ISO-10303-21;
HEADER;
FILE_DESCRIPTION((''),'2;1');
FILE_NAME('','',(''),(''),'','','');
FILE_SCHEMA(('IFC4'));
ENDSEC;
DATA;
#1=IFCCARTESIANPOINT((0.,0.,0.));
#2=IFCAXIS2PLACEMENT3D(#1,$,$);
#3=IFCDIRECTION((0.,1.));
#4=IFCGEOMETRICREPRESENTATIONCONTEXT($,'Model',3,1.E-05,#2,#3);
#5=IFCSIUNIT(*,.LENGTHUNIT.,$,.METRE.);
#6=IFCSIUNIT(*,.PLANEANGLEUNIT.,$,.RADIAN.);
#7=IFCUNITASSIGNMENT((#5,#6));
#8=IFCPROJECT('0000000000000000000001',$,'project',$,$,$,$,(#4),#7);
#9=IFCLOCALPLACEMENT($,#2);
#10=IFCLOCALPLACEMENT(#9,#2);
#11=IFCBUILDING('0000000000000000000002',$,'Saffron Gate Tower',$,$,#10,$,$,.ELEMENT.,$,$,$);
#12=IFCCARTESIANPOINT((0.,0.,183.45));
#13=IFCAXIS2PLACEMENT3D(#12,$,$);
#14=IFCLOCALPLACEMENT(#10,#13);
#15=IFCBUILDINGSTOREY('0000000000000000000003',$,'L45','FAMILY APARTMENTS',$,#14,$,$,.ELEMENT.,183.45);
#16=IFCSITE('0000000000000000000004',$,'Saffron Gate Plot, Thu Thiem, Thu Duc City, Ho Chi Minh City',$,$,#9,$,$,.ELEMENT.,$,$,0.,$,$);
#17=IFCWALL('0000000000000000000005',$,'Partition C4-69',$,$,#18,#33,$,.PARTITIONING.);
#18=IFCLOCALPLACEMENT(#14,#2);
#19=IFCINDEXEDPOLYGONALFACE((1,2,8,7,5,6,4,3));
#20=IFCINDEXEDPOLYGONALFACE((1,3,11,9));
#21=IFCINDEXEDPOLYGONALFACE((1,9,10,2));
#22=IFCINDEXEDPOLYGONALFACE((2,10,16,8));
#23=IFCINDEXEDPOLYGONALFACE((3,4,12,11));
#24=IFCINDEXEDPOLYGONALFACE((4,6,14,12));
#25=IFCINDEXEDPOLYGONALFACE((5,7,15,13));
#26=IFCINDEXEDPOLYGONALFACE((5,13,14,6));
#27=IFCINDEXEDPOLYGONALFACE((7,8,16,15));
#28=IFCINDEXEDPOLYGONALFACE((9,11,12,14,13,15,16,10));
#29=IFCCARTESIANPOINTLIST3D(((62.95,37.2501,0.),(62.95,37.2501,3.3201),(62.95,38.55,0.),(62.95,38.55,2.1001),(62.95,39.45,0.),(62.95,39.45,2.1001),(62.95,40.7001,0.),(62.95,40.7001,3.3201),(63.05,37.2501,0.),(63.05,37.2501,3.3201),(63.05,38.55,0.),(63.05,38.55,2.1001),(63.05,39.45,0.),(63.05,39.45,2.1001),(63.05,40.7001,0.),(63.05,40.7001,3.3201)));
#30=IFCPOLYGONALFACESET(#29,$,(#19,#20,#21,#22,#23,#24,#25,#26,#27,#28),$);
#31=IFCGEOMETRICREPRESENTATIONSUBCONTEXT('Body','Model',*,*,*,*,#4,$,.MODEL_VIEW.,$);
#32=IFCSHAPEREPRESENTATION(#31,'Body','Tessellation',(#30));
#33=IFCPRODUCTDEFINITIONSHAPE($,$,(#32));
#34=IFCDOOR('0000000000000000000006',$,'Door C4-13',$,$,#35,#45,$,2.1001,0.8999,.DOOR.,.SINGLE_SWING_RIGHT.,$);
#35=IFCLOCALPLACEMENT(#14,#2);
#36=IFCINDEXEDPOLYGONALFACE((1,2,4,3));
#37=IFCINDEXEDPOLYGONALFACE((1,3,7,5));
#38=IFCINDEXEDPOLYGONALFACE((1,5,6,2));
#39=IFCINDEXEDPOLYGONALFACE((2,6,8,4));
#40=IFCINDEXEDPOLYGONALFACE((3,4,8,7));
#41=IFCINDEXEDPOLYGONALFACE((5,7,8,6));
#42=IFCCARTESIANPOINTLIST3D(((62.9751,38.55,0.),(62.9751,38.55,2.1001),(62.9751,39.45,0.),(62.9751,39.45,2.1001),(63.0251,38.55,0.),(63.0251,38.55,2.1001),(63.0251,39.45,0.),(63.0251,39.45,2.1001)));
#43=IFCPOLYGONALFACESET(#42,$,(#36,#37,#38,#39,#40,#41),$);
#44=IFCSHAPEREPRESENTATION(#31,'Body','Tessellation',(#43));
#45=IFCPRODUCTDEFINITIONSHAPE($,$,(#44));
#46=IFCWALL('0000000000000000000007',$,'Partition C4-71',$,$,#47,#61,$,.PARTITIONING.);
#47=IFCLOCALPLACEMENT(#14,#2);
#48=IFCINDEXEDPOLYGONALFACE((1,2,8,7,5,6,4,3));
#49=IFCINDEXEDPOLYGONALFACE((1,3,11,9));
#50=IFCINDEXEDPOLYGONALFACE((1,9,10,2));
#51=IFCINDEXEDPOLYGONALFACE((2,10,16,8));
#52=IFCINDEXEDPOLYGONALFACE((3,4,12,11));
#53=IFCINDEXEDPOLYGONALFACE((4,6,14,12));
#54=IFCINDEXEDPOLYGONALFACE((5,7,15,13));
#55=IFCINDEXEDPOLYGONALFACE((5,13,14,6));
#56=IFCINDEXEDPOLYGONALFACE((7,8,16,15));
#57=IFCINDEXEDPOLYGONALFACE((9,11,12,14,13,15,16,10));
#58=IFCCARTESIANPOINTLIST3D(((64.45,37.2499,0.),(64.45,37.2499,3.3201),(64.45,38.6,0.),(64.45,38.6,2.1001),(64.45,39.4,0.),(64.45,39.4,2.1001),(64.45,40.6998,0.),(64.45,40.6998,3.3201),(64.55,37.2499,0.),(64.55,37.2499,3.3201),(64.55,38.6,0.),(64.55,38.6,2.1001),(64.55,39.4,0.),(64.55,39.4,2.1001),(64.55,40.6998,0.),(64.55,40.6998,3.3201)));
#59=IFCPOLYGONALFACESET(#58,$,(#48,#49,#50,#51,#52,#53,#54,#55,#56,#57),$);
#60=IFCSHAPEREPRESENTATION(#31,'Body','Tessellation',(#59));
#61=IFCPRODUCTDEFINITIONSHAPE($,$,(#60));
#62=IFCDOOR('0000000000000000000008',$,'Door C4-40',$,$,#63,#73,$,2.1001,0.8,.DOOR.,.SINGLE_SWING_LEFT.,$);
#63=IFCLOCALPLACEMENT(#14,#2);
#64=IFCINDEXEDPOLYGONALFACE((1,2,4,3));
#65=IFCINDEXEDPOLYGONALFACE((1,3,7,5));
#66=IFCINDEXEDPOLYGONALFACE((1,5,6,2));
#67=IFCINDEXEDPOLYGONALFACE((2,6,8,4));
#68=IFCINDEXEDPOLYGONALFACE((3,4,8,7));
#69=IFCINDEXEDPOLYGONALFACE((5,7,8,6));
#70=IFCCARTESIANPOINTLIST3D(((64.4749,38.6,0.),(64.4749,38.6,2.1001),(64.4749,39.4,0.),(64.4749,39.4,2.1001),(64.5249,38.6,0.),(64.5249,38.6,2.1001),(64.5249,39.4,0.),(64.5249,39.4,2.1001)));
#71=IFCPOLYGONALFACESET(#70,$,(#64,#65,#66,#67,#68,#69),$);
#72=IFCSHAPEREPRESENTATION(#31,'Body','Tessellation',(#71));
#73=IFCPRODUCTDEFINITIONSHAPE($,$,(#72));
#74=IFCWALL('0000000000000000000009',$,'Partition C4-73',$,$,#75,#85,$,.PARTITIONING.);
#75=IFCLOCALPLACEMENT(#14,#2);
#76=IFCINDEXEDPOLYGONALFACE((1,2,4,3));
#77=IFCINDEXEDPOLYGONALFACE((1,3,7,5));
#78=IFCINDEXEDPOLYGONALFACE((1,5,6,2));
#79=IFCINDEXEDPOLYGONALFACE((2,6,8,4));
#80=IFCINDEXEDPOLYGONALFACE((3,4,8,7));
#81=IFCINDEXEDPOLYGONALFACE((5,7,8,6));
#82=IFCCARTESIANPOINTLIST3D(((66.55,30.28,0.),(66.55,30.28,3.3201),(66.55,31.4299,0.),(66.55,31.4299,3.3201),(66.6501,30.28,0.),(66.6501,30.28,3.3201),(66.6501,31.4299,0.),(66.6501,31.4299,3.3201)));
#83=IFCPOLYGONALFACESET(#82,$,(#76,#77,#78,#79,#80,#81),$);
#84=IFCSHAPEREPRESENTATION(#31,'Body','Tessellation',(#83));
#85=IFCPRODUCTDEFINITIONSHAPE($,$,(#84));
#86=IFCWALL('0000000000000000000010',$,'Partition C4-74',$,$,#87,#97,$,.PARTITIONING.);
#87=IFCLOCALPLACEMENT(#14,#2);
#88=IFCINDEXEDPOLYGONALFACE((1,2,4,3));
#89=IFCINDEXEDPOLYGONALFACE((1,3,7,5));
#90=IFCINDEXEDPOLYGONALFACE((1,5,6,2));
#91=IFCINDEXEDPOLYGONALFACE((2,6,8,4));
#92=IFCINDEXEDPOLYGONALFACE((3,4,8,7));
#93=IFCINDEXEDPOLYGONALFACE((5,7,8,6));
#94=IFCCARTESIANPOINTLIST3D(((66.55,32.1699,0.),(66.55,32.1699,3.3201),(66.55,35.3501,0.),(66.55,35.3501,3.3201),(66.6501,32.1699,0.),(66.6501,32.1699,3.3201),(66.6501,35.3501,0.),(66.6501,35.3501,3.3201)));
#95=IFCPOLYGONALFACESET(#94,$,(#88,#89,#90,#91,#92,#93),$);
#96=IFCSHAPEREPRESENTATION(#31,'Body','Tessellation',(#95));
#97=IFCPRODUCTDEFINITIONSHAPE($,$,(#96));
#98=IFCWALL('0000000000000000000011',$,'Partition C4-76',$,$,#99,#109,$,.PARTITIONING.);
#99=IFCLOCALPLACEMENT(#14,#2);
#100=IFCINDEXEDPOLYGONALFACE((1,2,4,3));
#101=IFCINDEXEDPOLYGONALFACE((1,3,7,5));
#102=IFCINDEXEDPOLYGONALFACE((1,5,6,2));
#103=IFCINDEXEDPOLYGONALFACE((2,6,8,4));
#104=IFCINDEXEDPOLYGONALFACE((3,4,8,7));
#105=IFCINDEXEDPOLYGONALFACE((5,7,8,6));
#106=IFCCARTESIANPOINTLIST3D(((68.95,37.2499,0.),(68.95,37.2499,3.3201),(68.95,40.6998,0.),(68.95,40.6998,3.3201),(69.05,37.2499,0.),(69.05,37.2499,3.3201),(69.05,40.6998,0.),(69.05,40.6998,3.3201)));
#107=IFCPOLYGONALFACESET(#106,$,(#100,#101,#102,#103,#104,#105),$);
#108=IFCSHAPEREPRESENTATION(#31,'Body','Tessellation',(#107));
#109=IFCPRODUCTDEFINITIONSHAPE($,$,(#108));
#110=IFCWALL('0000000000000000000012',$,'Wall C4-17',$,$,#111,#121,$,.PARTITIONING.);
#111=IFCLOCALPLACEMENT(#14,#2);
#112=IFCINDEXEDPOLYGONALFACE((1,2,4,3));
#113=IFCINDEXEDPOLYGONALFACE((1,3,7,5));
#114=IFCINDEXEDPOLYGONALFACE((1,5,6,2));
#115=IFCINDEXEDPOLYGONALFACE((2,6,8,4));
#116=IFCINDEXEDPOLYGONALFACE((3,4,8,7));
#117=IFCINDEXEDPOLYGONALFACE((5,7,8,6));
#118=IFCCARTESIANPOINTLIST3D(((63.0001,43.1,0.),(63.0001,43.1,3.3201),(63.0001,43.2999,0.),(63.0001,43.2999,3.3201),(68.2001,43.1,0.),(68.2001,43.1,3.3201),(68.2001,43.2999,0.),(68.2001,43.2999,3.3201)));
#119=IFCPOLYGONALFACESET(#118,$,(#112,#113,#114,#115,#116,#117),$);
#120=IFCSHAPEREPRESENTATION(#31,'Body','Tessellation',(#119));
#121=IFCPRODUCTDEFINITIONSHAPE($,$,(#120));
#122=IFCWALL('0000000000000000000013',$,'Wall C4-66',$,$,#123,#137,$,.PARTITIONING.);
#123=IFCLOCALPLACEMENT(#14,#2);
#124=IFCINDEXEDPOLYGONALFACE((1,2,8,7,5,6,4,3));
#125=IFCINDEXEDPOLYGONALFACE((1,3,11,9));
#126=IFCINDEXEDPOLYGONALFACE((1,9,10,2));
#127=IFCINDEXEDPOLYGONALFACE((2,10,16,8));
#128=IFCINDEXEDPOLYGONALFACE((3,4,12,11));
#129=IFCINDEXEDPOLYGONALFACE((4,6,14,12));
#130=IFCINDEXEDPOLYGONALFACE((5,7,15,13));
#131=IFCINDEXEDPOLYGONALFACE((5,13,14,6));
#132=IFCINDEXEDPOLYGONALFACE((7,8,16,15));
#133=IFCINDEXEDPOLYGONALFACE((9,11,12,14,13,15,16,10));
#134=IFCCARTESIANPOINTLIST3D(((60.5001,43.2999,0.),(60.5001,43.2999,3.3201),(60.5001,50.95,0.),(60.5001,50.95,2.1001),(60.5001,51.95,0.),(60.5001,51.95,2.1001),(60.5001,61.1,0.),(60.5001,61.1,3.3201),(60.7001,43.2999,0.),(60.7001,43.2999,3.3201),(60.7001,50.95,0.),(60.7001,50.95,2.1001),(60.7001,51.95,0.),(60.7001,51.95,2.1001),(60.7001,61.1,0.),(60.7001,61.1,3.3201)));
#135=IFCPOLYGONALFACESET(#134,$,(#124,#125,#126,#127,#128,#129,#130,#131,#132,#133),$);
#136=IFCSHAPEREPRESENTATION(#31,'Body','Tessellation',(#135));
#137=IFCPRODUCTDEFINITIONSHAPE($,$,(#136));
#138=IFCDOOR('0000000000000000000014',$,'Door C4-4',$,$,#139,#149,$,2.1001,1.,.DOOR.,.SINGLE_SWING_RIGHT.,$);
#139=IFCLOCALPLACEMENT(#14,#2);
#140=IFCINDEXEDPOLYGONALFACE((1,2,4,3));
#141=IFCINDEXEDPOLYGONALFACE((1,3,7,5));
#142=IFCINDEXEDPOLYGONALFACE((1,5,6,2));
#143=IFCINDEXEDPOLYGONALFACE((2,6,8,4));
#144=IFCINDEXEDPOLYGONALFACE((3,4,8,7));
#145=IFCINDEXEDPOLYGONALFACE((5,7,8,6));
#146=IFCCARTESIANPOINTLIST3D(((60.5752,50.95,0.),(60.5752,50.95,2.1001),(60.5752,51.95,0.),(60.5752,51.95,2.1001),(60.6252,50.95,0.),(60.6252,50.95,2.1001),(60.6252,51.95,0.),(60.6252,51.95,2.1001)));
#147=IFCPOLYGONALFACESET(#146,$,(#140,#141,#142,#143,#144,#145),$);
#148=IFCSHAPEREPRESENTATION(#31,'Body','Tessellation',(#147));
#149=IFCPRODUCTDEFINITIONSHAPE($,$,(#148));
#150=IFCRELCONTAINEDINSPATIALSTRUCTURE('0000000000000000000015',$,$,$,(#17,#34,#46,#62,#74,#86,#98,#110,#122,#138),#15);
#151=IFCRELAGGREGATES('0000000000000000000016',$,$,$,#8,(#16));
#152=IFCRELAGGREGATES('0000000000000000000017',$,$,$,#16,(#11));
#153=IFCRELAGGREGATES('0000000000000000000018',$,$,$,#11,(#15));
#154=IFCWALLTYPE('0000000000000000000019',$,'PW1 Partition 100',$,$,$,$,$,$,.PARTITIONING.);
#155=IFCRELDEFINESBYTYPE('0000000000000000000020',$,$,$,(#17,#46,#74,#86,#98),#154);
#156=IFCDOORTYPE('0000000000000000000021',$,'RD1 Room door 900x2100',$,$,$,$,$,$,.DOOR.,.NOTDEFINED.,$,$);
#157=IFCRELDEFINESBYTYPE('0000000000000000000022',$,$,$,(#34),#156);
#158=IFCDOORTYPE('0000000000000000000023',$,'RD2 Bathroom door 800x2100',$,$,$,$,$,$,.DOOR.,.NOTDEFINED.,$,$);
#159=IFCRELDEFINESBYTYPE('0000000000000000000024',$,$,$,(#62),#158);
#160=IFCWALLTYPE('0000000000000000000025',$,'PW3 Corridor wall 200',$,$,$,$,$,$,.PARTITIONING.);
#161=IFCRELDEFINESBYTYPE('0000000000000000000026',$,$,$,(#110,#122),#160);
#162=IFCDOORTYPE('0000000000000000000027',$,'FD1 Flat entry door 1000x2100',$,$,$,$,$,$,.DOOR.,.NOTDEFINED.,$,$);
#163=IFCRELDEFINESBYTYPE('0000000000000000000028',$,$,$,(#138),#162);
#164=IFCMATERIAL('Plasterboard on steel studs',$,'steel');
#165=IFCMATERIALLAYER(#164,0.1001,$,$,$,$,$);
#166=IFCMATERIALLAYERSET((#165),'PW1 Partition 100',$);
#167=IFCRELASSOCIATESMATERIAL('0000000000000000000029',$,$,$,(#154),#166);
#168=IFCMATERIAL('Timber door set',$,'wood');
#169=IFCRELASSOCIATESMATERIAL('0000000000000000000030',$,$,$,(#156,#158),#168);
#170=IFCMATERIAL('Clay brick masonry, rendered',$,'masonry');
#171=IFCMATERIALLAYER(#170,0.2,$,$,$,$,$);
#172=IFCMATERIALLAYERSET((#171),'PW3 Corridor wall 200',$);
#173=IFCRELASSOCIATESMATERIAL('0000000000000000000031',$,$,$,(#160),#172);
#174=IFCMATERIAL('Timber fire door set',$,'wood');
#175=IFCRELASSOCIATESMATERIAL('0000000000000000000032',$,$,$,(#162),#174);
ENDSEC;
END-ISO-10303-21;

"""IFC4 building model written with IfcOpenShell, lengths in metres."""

from ifc_helpers import new_model, si_unit, direction, frame, frame_2d, origin, place, context, subcontext, project, spatial, rectangle, extrude, material, layer, layer_set, type_object, element, fill, save


model = new_model("IFC4")

# Units and contexts
model_context = context("Model", 3, precision=1e-05, world=origin(), true_north=direction((0.0, 1.0)))
body_context = subcontext(model_context, "Body", "Model", "MODEL_VIEW")
ifc_project = project(units=[si_unit("LENGTHUNIT", "METRE"), si_unit("PLANEANGLEUNIT", "RADIAN")], contexts=[model_context])

# Site, building, storey
site_placement = place(None, origin())
site = spatial("IfcSite", under=ifc_project, at=site_placement, Name="Saffron Gate Plot, Thu Thiem, Thu Duc City, Ho Chi Minh City", CompositionType="ELEMENT", RefElevation=0.0)
building_placement = place(site_placement, origin())
building = spatial("IfcBuilding", under=site, at=building_placement, Name="Saffron Gate Tower", CompositionType="ELEMENT")
storey_placement = place(building_placement, frame((0.0, 0.0, 183.45)))
storey = spatial("IfcBuildingStorey", under=building, at=storey_placement, Name="L45", Description="FAMILY APARTMENTS", CompositionType="ELEMENT", Elevation=183.45)

# Shared definitions
ifc_material_1 = material(Name="Plasterboard on steel studs", Category="steel")
ifc_layer_1 = layer(ifc_material_1, 0.1001)
ifc_layer_set_1 = layer_set([ifc_layer_1], Name="PW1 Partition 100")
wall_type_1 = type_object("IfcWallType", Name="PW1 Partition 100", PredefinedType="PARTITIONING", material=ifc_layer_set_1)
ifc_material_2 = material(Name="Timber door set", Category="wood")
door_type_1 = type_object("IfcDoorType", Name="RD1 Room door 900x2100", OperationType="NOTDEFINED", PredefinedType="DOOR", material=ifc_material_2)

# Shared definitions
door_type_2 = type_object("IfcDoorType", Name="RD2 Bathroom door 800x2100", OperationType="NOTDEFINED", PredefinedType="DOOR", material=ifc_material_2)

# Walls, openings, doors
wall_1_placement = place(storey_placement, frame((63.0, 37.25, 0.0), z_axis=(0.0, 0.0, 1.0), x_axis=(0.0, 1.0, 0.0)))
wall_1 = element("IfcWall", 1, at=wall_1_placement, inside=storey, type_object=wall_type_1, Name="Partition C4-69", PredefinedType="PARTITIONING", context=body_context, shape_type="SweptSolid", body=[
    extrude(rectangle(XDim=3.45, YDim=0.1001, at=frame_2d((1.7251, 0.0))), origin(), (0.0, 0.0, 1.0), 3.3201),
])
opening_1_placement = place(wall_1_placement, frame((1.3, 0.0, 0.0)))
opening_1 = element("IfcOpeningElement", 2, at=opening_1_placement, cuts=wall_1, PredefinedType="OPENING", context=body_context, shape_type="SweptSolid", body=[
    extrude(rectangle(XDim=0.8999, YDim=2.1001, at=frame_2d((0.45, 1.05))), frame((0.0, 0.0601, 0.0), z_axis=(0.0, -1.0, 0.0), x_axis=(1.0, 0.0, 0.0)), (0.0, 0.0, 1.0), 0.1201),
])
door_1_placement = place(opening_1_placement, origin())
door_1 = element("IfcDoor", 3, at=door_1_placement, inside=storey, type_object=door_type_1, Name="Door C4-13", OperationType="SINGLE_SWING_RIGHT", OverallHeight=2.1001, OverallWidth=0.8999, PredefinedType="DOOR", context=body_context, shape_type="SweptSolid", body=[
    extrude(rectangle(XDim=0.8999, YDim=2.1001, at=frame_2d((0.45, 1.05))), frame((0.0, 0.0249, 0.0), z_axis=(0.0, -1.0, 0.0), x_axis=(1.0, 0.0, 0.0)), (0.0, 0.0, 1.0), 0.05),
])
fill(opening_1, door_1)
wall_2_placement = place(storey_placement, frame((64.5, 40.7, 0.0), z_axis=(0.0, 0.0, 1.0), x_axis=(0.0, -1.0, 0.0)))
wall_2 = element("IfcWall", 4, at=wall_2_placement, inside=storey, type_object=wall_type_1, Name="Partition C4-71", PredefinedType="PARTITIONING", context=body_context, shape_type="SweptSolid", body=[
    extrude(rectangle(XDim=3.45, YDim=0.1001, at=frame_2d((1.7251, 0.0))), origin(), (0.0, 0.0, 1.0), 3.3201),
])
opening_2_placement = place(wall_2_placement, frame((1.3, 0.0, 0.0)))
opening_2 = element("IfcOpeningElement", 5, at=opening_2_placement, cuts=wall_2, PredefinedType="OPENING", context=body_context, shape_type="SweptSolid", body=[
    extrude(rectangle(XDim=0.8, YDim=2.1001, at=frame_2d((0.3999, 1.05))), frame((0.0, 0.0601, 0.0), z_axis=(0.0, -1.0, 0.0), x_axis=(1.0, 0.0, 0.0)), (0.0, 0.0, 1.0), 0.1201),
])
door_2_placement = place(opening_2_placement, origin())
door_2 = element("IfcDoor", 6, at=door_2_placement, inside=storey, type_object=door_type_2, Name="Door C4-40", OperationType="SINGLE_SWING_LEFT", OverallHeight=2.1001, OverallWidth=0.8, PredefinedType="DOOR", context=body_context, shape_type="SweptSolid", body=[
    extrude(rectangle(XDim=0.8, YDim=2.1001, at=frame_2d((0.3999, 1.05))), frame((0.0, 0.0249, 0.0), z_axis=(0.0, -1.0, 0.0), x_axis=(1.0, 0.0, 0.0)), (0.0, 0.0, 1.0), 0.05),
])
fill(opening_2, door_2)

# Walls
wall_3_placement = place(storey_placement, frame((66.6001, 31.4299, 0.0), z_axis=(0.0, 0.0, 1.0), x_axis=(0.0, -1.0, 0.0)))
element("IfcWall", 7, at=wall_3_placement, inside=storey, type_object=wall_type_1, Name="Partition C4-73", PredefinedType="PARTITIONING", context=body_context, shape_type="SweptSolid", body=[
    extrude(rectangle(XDim=1.1499, YDim=0.1001, at=frame_2d((0.575, 0.0))), origin(), (0.0, 0.0, 1.0), 3.3201),
])
wall_4_placement = place(storey_placement, frame((66.6001, 35.3501, 0.0), z_axis=(0.0, 0.0, 1.0), x_axis=(0.0, -1.0, 0.0)))
element("IfcWall", 8, at=wall_4_placement, inside=storey, type_object=wall_type_1, Name="Partition C4-74", PredefinedType="PARTITIONING", context=body_context, shape_type="SweptSolid", body=[
    extrude(rectangle(XDim=3.1802, YDim=0.1001, at=frame_2d((1.5901, 0.0))), origin(), (0.0, 0.0, 1.0), 3.3201),
])
wall_5_placement = place(storey_placement, frame((69.0, 40.7, 0.0), z_axis=(0.0, 0.0, 1.0), x_axis=(0.0, -1.0, 0.0)))
element("IfcWall", 9, at=wall_5_placement, inside=storey, type_object=wall_type_1, Name="Partition C4-76", PredefinedType="PARTITIONING", context=body_context, shape_type="SweptSolid", body=[
    extrude(rectangle(XDim=3.45, YDim=0.1001, at=frame_2d((1.7251, 0.0))), origin(), (0.0, 0.0, 1.0), 3.3201),
])
ifc_material_3 = material(Name="Clay brick masonry, rendered", Category="masonry")
ifc_layer_2 = layer(ifc_material_3, 0.2)
ifc_layer_set_2 = layer_set([ifc_layer_2], Name="PW3 Corridor wall 200")
wall_type_2 = type_object("IfcWallType", Name="PW3 Corridor wall 200", PredefinedType="PARTITIONING", material=ifc_layer_set_2)
wall_6_placement = place(storey_placement, frame((63.0, 43.2, 0.0), z_axis=(0.0, 0.0, 1.0), x_axis=(1.0, 0.0, 0.0)))
element("IfcWall", 10, at=wall_6_placement, inside=storey, type_object=wall_type_2, Name="Wall C4-17", PredefinedType="PARTITIONING", context=body_context, shape_type="SweptSolid", body=[
    extrude(rectangle(XDim=5.2, YDim=0.2, at=frame_2d((2.6001, 0.0))), origin(), (0.0, 0.0, 1.0), 3.3201),
])

# Wall, opening, door
wall_7_placement = place(storey_placement, frame((60.6001, 43.3, 0.0), z_axis=(0.0, 0.0, 1.0), x_axis=(0.0, 1.0, 0.0)))
wall_7 = element("IfcWall", 11, at=wall_7_placement, inside=storey, type_object=wall_type_2, Name="Wall C4-66", PredefinedType="PARTITIONING", context=body_context, shape_type="SweptSolid", body=[
    extrude(rectangle(XDim=17.8, YDim=0.2, at=frame_2d((8.8999, 0.0))), origin(), (0.0, 0.0, 1.0), 3.3201),
])
opening_3_placement = place(wall_7_placement, frame((7.6499, 0.0, 0.0)))
opening_3 = element("IfcOpeningElement", 12, at=opening_3_placement, cuts=wall_7, PredefinedType="OPENING", context=body_context, shape_type="SweptSolid", body=[
    extrude(rectangle(XDim=1.0, YDim=2.1001, at=frame_2d((0.5, 1.05))), frame((0.0, 0.1099, 0.0), z_axis=(0.0, -1.0, 0.0), x_axis=(1.0, 0.0, 0.0)), (0.0, 0.0, 1.0), 0.22),
])
ifc_material_4 = material(Name="Timber fire door set", Category="wood")
door_type_3 = type_object("IfcDoorType", Name="FD1 Flat entry door 1000x2100", OperationType="NOTDEFINED", PredefinedType="DOOR", material=ifc_material_4)
door_3_placement = place(opening_3_placement, origin())
door_3 = element("IfcDoor", 13, at=door_3_placement, inside=storey, type_object=door_type_3, Name="Door C4-4", OperationType="SINGLE_SWING_RIGHT", OverallHeight=2.1001, OverallWidth=1.0, PredefinedType="DOOR", context=body_context, shape_type="SweptSolid", body=[
    extrude(rectangle(XDim=1.0, YDim=2.1001, at=frame_2d((0.5, 1.05))), frame((0.0, 0.0249, 0.0), z_axis=(0.0, -1.0, 0.0), x_axis=(1.0, 0.0, 0.0)), (0.0, 0.0, 1.0), 0.05),
])
fill(opening_3, door_3)

save(model, "model.ifc")
